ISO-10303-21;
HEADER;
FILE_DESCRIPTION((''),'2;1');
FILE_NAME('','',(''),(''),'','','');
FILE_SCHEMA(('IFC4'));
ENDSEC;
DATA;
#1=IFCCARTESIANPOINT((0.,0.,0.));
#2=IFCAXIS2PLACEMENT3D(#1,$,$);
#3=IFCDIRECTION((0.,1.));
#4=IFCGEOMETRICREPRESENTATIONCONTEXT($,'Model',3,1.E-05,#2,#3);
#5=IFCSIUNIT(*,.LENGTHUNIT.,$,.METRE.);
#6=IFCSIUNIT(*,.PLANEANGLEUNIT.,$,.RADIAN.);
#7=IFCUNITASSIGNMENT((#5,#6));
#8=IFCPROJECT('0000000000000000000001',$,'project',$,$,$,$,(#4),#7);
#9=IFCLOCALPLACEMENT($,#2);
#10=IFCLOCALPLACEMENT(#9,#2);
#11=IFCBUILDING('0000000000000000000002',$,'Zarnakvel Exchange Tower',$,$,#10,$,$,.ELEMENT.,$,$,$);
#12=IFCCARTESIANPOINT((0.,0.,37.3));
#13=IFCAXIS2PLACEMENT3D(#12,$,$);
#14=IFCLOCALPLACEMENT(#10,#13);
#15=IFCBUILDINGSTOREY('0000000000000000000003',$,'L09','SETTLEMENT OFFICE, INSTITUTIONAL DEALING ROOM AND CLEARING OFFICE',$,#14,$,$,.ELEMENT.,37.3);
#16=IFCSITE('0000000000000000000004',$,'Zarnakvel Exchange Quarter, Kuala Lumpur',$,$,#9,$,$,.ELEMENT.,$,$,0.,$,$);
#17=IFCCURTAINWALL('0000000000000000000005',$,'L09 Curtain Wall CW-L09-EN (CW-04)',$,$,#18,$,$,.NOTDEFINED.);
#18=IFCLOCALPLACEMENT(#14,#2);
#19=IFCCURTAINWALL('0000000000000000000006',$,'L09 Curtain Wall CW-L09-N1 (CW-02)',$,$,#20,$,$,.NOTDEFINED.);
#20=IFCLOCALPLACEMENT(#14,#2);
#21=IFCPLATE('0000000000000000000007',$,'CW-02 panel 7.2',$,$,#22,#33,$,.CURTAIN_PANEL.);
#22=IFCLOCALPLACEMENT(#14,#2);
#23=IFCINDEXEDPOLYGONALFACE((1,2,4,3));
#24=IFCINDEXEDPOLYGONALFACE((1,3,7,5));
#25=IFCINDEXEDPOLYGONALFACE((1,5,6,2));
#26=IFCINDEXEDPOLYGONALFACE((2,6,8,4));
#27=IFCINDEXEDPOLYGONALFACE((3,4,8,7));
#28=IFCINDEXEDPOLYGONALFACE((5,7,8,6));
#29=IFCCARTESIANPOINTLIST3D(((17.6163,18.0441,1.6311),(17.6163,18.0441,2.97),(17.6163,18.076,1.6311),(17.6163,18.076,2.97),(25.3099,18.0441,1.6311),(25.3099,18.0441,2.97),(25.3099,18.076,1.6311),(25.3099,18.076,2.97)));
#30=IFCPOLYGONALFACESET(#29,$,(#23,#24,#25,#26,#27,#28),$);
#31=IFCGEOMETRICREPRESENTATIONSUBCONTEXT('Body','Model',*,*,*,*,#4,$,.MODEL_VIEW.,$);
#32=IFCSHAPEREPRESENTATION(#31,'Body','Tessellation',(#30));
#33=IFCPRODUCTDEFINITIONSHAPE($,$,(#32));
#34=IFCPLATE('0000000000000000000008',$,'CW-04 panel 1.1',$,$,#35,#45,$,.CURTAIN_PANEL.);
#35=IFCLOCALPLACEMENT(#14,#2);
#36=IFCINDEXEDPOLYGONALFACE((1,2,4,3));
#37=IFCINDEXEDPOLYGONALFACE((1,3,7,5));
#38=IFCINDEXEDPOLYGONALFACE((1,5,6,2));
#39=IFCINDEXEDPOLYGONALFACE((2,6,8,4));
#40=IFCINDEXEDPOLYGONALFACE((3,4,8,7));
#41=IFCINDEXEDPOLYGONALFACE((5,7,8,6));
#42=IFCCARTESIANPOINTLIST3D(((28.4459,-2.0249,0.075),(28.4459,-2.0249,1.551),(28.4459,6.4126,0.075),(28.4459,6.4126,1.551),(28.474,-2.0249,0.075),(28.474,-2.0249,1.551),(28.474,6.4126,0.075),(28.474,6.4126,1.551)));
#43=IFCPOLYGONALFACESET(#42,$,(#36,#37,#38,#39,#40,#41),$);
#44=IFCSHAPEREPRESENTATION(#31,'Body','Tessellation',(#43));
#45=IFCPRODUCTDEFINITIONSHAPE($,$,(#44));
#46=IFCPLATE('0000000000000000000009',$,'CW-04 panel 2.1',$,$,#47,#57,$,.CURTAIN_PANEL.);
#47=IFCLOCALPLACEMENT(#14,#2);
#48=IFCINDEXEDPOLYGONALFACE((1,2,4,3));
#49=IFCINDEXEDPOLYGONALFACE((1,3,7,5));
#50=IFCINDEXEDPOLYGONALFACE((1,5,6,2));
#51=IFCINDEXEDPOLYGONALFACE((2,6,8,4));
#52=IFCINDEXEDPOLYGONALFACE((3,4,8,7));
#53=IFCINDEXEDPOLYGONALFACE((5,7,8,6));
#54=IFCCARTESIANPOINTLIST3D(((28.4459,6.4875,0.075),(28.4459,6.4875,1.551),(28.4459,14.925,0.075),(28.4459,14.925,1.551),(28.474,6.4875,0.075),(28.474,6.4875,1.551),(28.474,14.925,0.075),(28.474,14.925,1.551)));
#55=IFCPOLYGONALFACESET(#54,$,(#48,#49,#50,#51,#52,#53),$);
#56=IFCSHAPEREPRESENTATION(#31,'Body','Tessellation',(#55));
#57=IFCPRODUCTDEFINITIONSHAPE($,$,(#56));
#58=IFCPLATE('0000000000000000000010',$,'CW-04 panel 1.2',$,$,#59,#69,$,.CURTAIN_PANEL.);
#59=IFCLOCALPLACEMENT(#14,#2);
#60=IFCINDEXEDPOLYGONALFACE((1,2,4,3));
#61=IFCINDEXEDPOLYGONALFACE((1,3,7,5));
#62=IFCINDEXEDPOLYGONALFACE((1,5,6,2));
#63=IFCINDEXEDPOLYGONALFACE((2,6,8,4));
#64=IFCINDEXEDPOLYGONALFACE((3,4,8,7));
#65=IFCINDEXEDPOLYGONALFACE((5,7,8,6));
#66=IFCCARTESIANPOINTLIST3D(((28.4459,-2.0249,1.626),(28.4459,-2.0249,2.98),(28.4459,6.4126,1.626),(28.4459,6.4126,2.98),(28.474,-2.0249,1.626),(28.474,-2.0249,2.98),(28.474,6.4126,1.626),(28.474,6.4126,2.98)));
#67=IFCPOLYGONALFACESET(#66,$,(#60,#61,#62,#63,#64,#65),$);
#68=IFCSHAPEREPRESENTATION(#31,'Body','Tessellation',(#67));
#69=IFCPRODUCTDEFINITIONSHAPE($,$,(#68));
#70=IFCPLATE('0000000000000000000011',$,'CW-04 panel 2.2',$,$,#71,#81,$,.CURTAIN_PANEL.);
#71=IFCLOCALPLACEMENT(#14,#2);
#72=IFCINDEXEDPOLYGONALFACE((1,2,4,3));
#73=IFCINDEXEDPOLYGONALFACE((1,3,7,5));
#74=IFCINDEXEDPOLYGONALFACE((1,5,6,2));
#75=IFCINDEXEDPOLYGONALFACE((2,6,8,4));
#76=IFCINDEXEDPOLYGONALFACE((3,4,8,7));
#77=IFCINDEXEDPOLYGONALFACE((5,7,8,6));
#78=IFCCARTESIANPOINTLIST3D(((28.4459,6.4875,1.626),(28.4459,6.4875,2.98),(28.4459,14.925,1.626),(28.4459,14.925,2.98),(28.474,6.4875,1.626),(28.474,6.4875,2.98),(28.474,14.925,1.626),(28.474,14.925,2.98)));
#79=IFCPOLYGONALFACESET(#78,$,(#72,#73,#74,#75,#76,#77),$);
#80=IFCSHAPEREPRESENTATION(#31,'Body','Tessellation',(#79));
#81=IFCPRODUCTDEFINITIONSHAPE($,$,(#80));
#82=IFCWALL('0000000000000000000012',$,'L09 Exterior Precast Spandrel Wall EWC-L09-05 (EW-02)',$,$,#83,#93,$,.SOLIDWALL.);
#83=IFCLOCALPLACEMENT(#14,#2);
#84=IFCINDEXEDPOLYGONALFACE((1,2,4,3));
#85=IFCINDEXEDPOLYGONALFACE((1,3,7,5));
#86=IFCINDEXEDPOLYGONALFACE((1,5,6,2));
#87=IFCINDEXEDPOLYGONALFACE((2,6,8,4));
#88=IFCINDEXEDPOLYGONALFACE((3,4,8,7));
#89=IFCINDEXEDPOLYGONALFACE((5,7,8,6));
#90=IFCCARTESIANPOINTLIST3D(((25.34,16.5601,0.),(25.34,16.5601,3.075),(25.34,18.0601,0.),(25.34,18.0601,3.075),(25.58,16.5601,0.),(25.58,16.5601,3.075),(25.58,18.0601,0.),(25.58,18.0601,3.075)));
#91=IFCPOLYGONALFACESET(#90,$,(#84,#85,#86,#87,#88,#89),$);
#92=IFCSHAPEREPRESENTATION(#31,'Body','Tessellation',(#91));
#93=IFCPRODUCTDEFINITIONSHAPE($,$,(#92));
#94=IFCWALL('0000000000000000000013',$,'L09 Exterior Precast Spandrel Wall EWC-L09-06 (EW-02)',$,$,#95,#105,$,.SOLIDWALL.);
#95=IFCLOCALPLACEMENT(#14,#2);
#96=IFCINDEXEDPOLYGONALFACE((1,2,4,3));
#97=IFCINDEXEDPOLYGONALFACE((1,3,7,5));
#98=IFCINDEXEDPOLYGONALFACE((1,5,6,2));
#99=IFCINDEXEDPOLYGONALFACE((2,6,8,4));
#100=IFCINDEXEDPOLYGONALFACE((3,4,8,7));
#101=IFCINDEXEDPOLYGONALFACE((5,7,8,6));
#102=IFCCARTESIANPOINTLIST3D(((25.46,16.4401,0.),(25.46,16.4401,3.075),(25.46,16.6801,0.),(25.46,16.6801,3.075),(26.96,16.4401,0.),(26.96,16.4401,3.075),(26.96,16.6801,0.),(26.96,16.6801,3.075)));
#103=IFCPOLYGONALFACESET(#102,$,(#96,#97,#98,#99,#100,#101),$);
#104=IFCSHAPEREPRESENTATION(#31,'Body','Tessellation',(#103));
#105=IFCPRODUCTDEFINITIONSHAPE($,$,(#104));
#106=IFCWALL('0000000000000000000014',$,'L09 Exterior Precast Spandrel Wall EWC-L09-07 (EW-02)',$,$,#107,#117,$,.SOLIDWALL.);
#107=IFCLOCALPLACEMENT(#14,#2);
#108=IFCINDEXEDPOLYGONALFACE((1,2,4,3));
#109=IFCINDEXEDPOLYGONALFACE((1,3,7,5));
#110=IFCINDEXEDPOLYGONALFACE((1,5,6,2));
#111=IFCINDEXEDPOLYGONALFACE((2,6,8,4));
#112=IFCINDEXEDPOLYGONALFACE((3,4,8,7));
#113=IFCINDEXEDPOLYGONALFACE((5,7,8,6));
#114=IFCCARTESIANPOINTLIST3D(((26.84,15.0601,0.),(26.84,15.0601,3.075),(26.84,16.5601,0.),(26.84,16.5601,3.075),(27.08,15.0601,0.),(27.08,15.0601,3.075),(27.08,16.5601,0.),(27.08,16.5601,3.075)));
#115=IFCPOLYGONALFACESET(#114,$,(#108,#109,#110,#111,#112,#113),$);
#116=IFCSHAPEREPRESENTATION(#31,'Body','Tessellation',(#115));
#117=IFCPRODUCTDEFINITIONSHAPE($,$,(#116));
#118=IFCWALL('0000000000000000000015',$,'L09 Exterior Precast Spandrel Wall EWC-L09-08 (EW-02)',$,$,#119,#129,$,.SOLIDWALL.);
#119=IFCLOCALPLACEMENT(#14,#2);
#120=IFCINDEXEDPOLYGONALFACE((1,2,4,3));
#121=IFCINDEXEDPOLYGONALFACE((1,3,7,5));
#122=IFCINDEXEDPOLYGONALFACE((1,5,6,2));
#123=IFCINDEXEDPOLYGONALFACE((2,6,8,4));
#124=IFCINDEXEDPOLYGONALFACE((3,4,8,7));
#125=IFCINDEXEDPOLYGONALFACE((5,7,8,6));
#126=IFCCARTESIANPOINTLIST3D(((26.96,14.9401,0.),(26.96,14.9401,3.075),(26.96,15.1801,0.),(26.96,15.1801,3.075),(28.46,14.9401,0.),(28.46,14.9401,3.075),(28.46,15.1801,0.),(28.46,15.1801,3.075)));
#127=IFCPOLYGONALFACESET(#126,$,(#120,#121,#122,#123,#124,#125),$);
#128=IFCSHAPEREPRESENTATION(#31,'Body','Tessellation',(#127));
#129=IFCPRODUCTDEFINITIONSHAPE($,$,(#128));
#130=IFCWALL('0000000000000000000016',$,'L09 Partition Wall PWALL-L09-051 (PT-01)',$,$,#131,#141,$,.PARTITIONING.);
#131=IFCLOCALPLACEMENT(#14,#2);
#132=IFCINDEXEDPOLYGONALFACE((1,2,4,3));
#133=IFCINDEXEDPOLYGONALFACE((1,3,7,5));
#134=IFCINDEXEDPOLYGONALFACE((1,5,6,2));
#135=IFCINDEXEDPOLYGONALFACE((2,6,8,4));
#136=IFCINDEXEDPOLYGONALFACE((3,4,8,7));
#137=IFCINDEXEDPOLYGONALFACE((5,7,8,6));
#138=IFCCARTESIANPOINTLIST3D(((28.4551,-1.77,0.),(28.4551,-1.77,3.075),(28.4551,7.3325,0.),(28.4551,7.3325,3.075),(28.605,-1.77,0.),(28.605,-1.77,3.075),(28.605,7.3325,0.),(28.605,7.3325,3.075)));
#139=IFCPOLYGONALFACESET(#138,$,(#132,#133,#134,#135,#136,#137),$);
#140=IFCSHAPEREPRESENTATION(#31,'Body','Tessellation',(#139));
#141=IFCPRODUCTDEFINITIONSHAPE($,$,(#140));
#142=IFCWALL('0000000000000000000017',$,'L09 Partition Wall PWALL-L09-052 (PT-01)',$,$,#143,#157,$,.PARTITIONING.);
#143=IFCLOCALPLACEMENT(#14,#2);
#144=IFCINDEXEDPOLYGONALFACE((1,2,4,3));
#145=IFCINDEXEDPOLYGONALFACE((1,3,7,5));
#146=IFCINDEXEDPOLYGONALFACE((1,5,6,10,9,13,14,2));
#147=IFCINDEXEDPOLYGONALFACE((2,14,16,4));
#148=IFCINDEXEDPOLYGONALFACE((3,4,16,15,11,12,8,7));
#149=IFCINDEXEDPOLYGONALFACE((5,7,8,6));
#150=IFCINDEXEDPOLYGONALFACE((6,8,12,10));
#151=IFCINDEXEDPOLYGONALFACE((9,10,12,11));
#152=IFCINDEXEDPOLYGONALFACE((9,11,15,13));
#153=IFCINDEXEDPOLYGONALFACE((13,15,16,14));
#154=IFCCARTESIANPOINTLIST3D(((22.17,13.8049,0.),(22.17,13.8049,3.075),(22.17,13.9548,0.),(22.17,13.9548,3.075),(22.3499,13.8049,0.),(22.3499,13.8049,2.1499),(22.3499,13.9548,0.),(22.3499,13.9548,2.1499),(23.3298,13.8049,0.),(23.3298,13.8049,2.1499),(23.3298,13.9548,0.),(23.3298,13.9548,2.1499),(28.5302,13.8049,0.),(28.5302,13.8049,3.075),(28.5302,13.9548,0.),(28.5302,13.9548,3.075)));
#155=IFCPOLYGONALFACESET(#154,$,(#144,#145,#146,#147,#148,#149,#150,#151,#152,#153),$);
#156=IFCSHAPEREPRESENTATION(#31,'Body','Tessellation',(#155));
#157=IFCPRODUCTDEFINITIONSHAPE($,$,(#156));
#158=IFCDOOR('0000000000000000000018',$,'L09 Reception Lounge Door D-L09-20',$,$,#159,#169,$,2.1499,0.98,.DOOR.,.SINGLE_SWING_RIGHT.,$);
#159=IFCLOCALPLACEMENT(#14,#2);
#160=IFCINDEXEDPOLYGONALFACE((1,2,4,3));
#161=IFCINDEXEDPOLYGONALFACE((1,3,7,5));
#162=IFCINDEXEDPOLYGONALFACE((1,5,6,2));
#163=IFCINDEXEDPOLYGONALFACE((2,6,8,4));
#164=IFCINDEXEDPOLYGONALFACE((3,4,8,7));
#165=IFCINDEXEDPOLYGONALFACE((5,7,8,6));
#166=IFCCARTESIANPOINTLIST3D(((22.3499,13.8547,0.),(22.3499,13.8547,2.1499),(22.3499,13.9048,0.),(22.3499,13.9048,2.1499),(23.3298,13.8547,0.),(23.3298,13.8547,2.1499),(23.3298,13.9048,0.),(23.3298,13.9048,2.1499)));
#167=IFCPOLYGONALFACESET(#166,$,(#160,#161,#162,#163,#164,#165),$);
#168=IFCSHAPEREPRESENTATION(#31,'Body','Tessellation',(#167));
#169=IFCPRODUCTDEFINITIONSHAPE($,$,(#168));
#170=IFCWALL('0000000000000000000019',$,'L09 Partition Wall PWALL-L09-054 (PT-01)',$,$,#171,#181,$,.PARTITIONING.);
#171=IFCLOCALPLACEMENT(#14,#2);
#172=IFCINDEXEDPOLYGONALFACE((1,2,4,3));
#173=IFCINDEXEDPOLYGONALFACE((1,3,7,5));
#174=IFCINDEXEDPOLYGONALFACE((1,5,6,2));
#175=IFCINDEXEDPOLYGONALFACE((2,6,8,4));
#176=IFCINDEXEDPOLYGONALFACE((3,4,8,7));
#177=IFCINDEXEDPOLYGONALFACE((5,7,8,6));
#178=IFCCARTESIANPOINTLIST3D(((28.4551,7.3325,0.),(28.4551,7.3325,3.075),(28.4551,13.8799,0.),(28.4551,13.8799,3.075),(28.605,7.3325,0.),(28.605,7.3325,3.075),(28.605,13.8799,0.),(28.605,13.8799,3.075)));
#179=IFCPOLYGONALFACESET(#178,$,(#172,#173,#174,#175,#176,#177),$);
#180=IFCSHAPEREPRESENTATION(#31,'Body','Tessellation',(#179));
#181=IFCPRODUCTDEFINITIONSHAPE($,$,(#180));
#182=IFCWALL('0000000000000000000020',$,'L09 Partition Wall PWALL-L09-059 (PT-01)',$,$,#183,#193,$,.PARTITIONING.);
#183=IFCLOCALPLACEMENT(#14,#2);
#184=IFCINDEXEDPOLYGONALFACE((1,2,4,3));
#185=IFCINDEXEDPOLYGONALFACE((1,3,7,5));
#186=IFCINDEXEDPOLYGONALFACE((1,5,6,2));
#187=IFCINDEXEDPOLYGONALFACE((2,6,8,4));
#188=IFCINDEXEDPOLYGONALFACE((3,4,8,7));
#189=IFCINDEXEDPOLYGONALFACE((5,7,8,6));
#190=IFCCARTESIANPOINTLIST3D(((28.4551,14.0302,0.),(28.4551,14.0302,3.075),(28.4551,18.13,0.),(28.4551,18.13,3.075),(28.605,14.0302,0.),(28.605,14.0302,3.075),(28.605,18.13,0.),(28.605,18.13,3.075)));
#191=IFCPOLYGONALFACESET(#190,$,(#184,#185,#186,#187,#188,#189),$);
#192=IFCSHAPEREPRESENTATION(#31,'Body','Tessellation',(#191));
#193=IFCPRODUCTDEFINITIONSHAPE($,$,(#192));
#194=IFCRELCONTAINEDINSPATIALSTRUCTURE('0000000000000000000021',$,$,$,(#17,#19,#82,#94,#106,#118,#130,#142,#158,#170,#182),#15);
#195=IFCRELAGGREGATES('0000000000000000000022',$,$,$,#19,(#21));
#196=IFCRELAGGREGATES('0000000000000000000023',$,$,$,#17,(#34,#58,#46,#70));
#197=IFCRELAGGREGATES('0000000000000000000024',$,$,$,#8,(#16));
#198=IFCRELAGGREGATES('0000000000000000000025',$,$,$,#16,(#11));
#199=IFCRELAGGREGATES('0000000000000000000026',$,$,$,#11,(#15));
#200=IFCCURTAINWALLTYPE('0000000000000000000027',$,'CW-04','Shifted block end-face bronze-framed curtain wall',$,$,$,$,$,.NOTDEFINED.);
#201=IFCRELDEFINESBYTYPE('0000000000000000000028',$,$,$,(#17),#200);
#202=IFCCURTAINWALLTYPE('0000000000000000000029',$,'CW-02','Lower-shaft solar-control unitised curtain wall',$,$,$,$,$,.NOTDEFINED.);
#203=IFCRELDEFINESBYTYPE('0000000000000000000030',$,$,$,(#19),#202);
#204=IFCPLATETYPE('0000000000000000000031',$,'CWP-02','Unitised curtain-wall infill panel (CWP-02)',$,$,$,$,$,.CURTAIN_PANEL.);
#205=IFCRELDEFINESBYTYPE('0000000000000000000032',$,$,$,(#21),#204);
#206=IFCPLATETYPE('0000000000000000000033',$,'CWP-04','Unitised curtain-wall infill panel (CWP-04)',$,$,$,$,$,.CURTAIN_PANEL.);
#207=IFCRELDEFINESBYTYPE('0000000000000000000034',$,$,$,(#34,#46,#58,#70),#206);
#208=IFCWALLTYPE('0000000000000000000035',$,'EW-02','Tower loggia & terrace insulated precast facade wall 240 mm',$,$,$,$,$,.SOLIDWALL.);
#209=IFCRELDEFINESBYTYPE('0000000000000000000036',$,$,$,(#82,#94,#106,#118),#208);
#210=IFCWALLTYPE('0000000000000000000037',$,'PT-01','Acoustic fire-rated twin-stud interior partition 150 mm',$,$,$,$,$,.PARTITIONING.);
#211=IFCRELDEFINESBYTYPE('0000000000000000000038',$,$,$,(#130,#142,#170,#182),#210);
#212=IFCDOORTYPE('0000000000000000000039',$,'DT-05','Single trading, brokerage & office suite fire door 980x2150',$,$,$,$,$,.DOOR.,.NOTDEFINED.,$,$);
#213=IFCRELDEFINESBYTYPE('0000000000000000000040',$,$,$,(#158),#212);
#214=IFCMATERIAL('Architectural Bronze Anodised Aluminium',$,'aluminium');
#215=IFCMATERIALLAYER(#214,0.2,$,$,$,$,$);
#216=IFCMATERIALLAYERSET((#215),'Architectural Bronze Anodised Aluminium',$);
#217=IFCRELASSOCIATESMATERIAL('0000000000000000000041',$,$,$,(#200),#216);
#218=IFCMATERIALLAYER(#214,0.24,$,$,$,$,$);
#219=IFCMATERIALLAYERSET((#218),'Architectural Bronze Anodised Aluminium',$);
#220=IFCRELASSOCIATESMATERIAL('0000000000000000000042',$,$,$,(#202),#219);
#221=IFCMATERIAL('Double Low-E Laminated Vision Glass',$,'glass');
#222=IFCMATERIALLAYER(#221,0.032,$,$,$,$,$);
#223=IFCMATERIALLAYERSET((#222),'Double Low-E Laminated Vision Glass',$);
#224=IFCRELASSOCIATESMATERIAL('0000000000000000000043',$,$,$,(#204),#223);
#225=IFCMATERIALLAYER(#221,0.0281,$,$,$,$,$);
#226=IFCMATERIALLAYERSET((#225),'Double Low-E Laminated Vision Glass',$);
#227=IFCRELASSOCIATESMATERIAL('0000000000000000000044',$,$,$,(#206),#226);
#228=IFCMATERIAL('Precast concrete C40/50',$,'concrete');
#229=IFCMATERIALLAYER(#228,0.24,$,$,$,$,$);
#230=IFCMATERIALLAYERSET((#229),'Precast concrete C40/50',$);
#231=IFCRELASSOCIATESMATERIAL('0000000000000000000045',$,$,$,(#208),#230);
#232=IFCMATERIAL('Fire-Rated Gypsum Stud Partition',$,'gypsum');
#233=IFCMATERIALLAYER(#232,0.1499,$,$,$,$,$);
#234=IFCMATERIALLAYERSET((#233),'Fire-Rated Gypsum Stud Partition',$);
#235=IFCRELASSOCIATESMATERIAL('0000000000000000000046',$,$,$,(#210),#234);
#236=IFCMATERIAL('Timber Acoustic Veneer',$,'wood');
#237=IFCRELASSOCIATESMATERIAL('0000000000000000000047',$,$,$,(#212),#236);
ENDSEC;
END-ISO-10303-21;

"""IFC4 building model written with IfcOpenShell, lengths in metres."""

from ifc_helpers import new_model, si_unit, direction, frame, frame_2d, origin, origin_2d, place, context, subcontext, project, spatial, rectangle, extrude, source, transform, mapped, material, layer, layer_set, type_object, element, fill, aggregate, save


model = new_model("IFC4")

# Units and contexts
model_context = context("Model", 3, precision=1e-05, world=origin(), true_north=direction((0.0, 1.0)))
body_context = subcontext(model_context, "Body", "Model", "MODEL_VIEW")
ifc_project = project(units=[si_unit("LENGTHUNIT", "METRE"), si_unit("PLANEANGLEUNIT", "RADIAN")], contexts=[model_context])

# Site, building, storey
site_placement = place(None, origin())
site = spatial("IfcSite", under=ifc_project, at=site_placement, Name="Zarnakvel Exchange Quarter, Kuala Lumpur", CompositionType="ELEMENT", RefElevation=0.0)
building_placement = place(site_placement, origin())
building = spatial("IfcBuilding", under=site, at=building_placement, Name="Zarnakvel Exchange Tower", CompositionType="ELEMENT")
storey_placement = place(building_placement, frame((0.0, 0.0, 37.3)))
storey = spatial("IfcBuildingStorey", under=building, at=storey_placement, Name="L09", Description="SETTLEMENT OFFICE, INSTITUTIONAL DEALING ROOM AND CLEARING OFFICE", CompositionType="ELEMENT", Elevation=37.3)

# Curtain wall
ifc_material_1 = material(Name="Architectural Bronze Anodised Aluminium", Category="aluminium")
ifc_layer_1 = layer(ifc_material_1, 0.2)
ifc_layer_set_1 = layer_set([ifc_layer_1], Name="Architectural Bronze Anodised Aluminium")
curtain_wall_type_1 = type_object("IfcCurtainWallType", Name="CW-04", Description="Shifted block end-face bronze-framed curtain wall", PredefinedType="NOTDEFINED", material=ifc_layer_set_1)
curtain_wall_1_placement = place(storey_placement, origin())
curtain_wall_1 = element("IfcCurtainWall", 1, at=curtain_wall_1_placement, inside=storey, type_object=curtain_wall_type_1, Name="L09 Curtain Wall CW-L09-EN (CW-04)", PredefinedType="NOTDEFINED")

# Curtain wall
ifc_layer_2 = layer(ifc_material_1, 0.24)
ifc_layer_set_2 = layer_set([ifc_layer_2], Name="Architectural Bronze Anodised Aluminium")
curtain_wall_type_2 = type_object("IfcCurtainWallType", Name="CW-02", Description="Lower-shaft solar-control unitised curtain wall", PredefinedType="NOTDEFINED", material=ifc_layer_set_2)
curtain_wall_2_placement = place(storey_placement, origin())
curtain_wall_2 = element("IfcCurtainWall", 2, at=curtain_wall_2_placement, inside=storey, type_object=curtain_wall_type_2, Name="L09 Curtain Wall CW-L09-N1 (CW-02)", PredefinedType="NOTDEFINED")

# Plates
ifc_material_2 = material(Name="Double Low-E Laminated Vision Glass", Category="glass")
ifc_layer_3 = layer(ifc_material_2, 0.032)
ifc_layer_set_3 = layer_set([ifc_layer_3], Name="Double Low-E Laminated Vision Glass")
plate_type_1 = type_object("IfcPlateType", Name="CWP-02", Description="Unitised curtain-wall infill panel (CWP-02)", PredefinedType="CURTAIN_PANEL", material=ifc_layer_set_3)
shared_shape_1 = source(origin(), body_context, "Body", "SweptSolid", [
    extrude(rectangle(XDim=7.6936, YDim=0.032, at=origin_2d()), origin(), (0.0, 0.0, 1.0), 1.3389),
])
plate_1_placement = place(storey_placement, frame((21.4631, 18.0601, 1.6311), z_axis=(0.0, 0.0, 1.0), x_axis=(1.0, 0.0, 0.0)))
plate_1 = element("IfcPlate", 3, at=plate_1_placement, type_object=plate_type_1, Name="CW-02 panel 7.2", PredefinedType="CURTAIN_PANEL", context=body_context, shape_type="MappedRepresentation", body=[
    mapped(shared_shape_1, transform((0.0, 0.0, 0.0), x_axis=(1.0, 0.0, 0.0), y_axis=(0.0, 1.0, 0.0), z_axis=(0.0, 0.0, 1.0), scale=1.0)),
])
aggregate(curtain_wall_2, [plate_1])
ifc_layer_4 = layer(ifc_material_2, 0.0281)
ifc_layer_set_4 = layer_set([ifc_layer_4], Name="Double Low-E Laminated Vision Glass")
plate_type_2 = type_object("IfcPlateType", Name="CWP-04", Description="Unitised curtain-wall infill panel (CWP-04)", PredefinedType="CURTAIN_PANEL", material=ifc_layer_set_4)
shared_shape_2 = source(origin(), body_context, "Body", "SweptSolid", [
    extrude(rectangle(XDim=8.4375, YDim=0.0281, at=origin_2d()), origin(), (0.0, 0.0, 1.0), 1.4761),
])
plate_2_placement = place(storey_placement, frame((28.46, 2.1938, 0.075), z_axis=(0.0, 0.0, 1.0), x_axis=(0.0, 1.0, 0.0)))
plate_2 = element("IfcPlate", 4, at=plate_2_placement, type_object=plate_type_2, Name="CW-04 panel 1.1", PredefinedType="CURTAIN_PANEL", context=body_context, shape_type="MappedRepresentation", body=[
    mapped(shared_shape_2, transform((0.0, 0.0, 0.0), x_axis=(1.0, 0.0, 0.0), y_axis=(0.0, 1.0, 0.0), z_axis=(0.0, 0.0, 1.0), scale=1.0)),
])
plate_3_placement = place(storey_placement, frame((28.46, 10.7063, 0.075), z_axis=(0.0, 0.0, 1.0), x_axis=(0.0, 1.0, 0.0)))
plate_3 = element("IfcPlate", 5, at=plate_3_placement, type_object=plate_type_2, Name="CW-04 panel 2.1", PredefinedType="CURTAIN_PANEL", context=body_context, shape_type="MappedRepresentation", body=[
    mapped(shared_shape_2, transform((0.0, 0.0, 0.0), x_axis=(1.0, 0.0, 0.0), y_axis=(0.0, 1.0, 0.0), z_axis=(0.0, 0.0, 1.0), scale=1.0)),
])
shared_shape_3 = source(origin(), body_context, "Body", "SweptSolid", [
    extrude(rectangle(XDim=8.4375, YDim=0.0281, at=origin_2d()), origin(), (0.0, 0.0, 1.0), 1.354),
])
plate_4_placement = place(storey_placement, frame((28.46, 2.1938, 1.626), z_axis=(0.0, 0.0, 1.0), x_axis=(0.0, 1.0, 0.0)))
plate_4 = element("IfcPlate", 6, at=plate_4_placement, type_object=plate_type_2, Name="CW-04 panel 1.2", PredefinedType="CURTAIN_PANEL", context=body_context, shape_type="MappedRepresentation", body=[
    mapped(shared_shape_3, transform((0.0, 0.0, 0.0), x_axis=(1.0, 0.0, 0.0), y_axis=(0.0, 1.0, 0.0), z_axis=(0.0, 0.0, 1.0), scale=1.0)),
])
plate_5_placement = place(storey_placement, frame((28.46, 10.7063, 1.626), z_axis=(0.0, 0.0, 1.0), x_axis=(0.0, 1.0, 0.0)))
plate_5 = element("IfcPlate", 7, at=plate_5_placement, type_object=plate_type_2, Name="CW-04 panel 2.2", PredefinedType="CURTAIN_PANEL", context=body_context, shape_type="MappedRepresentation", body=[
    mapped(shared_shape_3, transform((0.0, 0.0, 0.0), x_axis=(1.0, 0.0, 0.0), y_axis=(0.0, 1.0, 0.0), z_axis=(0.0, 0.0, 1.0), scale=1.0)),
])
aggregate(curtain_wall_1, [plate_2, plate_4, plate_3, plate_5])

# Walls
ifc_material_3 = material(Name="Precast concrete C40/50", Category="concrete")
ifc_layer_5 = layer(ifc_material_3, 0.24)
ifc_layer_set_5 = layer_set([ifc_layer_5], Name="Precast concrete C40/50")
wall_type_1 = type_object("IfcWallType", Name="EW-02", Description="Tower loggia & terrace insulated precast facade wall 240 mm", PredefinedType="SOLIDWALL", material=ifc_layer_set_5)
for number, where, z_axis, x_axis, name in (
    (8, (25.46, 16.5601, 0.0), (0.0, 0.0, 1.0), (0.0, 1.0, 0.0), "L09 Exterior Precast Spandrel Wall EWC-L09-05 (EW-02)"),
    (9, (26.96, 16.5601, 0.0), (0.0, 0.0, 1.0), (-1.0, 0.0, 0.0), "L09 Exterior Precast Spandrel Wall EWC-L09-06 (EW-02)"),
    (10, (26.96, 15.0601, 0.0), (0.0, 0.0, 1.0), (0.0, 1.0, 0.0), "L09 Exterior Precast Spandrel Wall EWC-L09-07 (EW-02)"),
    (11, (28.46, 15.0601, 0.0), (0.0, 0.0, 1.0), (-1.0, 0.0, 0.0), "L09 Exterior Precast Spandrel Wall EWC-L09-08 (EW-02)"),
):
    element("IfcWall", number, at=place(storey_placement, frame(where, z_axis=z_axis, x_axis=x_axis)), inside=storey, type_object=wall_type_1, Name=name, PredefinedType="SOLIDWALL", context=body_context, shape_type="SweptSolid", body=[
        extrude(rectangle(XDim=1.5, YDim=0.24, at=frame_2d((0.75, 0.0))), origin(), (0.0, 0.0, 1.0), 3.075),
    ])
ifc_material_4 = material(Name="Fire-Rated Gypsum Stud Partition", Category="gypsum")
ifc_layer_6 = layer(ifc_material_4, 0.1499)
ifc_layer_set_6 = layer_set([ifc_layer_6], Name="Fire-Rated Gypsum Stud Partition")
wall_type_2 = type_object("IfcWallType", Name="PT-01", Description="Acoustic fire-rated twin-stud interior partition 150 mm", PredefinedType="PARTITIONING", material=ifc_layer_set_6)
wall_1_placement = place(storey_placement, frame((28.53, 7.3325, 0.0), z_axis=(0.0, 0.0, 1.0), x_axis=(0.0, -1.0, 0.0)))
element("IfcWall", 12, at=wall_1_placement, inside=storey, type_object=wall_type_2, Name="L09 Partition Wall PWALL-L09-051 (PT-01)", PredefinedType="PARTITIONING", context=body_context, shape_type="SweptSolid", body=[
    extrude(rectangle(XDim=9.1025, YDim=0.1499, at=frame_2d((4.5513, 0.0))), origin(), (0.0, 0.0, 1.0), 3.075),
])

# Wall, opening, door
wall_2_placement = place(storey_placement, frame((22.1699, 13.8799, 0.0), z_axis=(0.0, 0.0, 1.0), x_axis=(1.0, 0.0, 0.0)))
wall_2 = element("IfcWall", 13, at=wall_2_placement, inside=storey, type_object=wall_type_2, Name="L09 Partition Wall PWALL-L09-052 (PT-01)", PredefinedType="PARTITIONING", context=body_context, shape_type="SweptSolid", body=[
    extrude(rectangle(XDim=6.3601, YDim=0.1499, at=frame_2d((3.1802, 0.0))), origin(), (0.0, 0.0, 1.0), 3.075),
])
opening_placement = place(wall_2_placement, frame((0.1799, 0.0, 0.0)))
opening = element("IfcOpeningElement", 14, at=opening_placement, cuts=wall_2, PredefinedType="OPENING", context=body_context, shape_type="SweptSolid", body=[
    extrude(rectangle(XDim=0.98, YDim=2.1499, at=frame_2d((0.49, 1.075))), frame((0.0, 0.085, 0.0), z_axis=(0.0, -1.0, 0.0), x_axis=(1.0, 0.0, 0.0)), (0.0, 0.0, 1.0), 0.1699),
])
ifc_material_5 = material(Name="Timber Acoustic Veneer", Category="wood")
door_type = type_object("IfcDoorType", Name="DT-05", Description="Single trading, brokerage & office suite fire door 980x2150", OperationType="NOTDEFINED", PredefinedType="DOOR", material=ifc_material_5)
shared_shape_4 = source(origin(), body_context, "Body", "SweptSolid", [
    extrude(rectangle(XDim=0.98, YDim=2.1499, at=frame_2d((0.49, 1.075))), frame((0.0, 0.0249, 0.0), z_axis=(0.0, -1.0, 0.0), x_axis=(1.0, 0.0, 0.0)), (0.0, 0.0, 1.0), 0.05),
])
door_placement = place(opening_placement, origin())
door = element("IfcDoor", 15, at=door_placement, inside=storey, type_object=door_type, Name="L09 Reception Lounge Door D-L09-20", OperationType="SINGLE_SWING_RIGHT", OverallHeight=2.1499, OverallWidth=0.98, PredefinedType="DOOR", context=body_context, shape_type="MappedRepresentation", body=[
    mapped(shared_shape_4, transform((0.0, 0.0, 0.0), x_axis=(1.0, 0.0, 0.0), y_axis=(0.0, 1.0, 0.0), z_axis=(0.0, 0.0, 1.0), scale=1.0)),
])
fill(opening, door)

# Walls
wall_3_placement = place(storey_placement, frame((28.53, 13.8799, 0.0), z_axis=(0.0, 0.0, 1.0), x_axis=(0.0, -1.0, 0.0)))
element("IfcWall", 16, at=wall_3_placement, inside=storey, type_object=wall_type_2, Name="L09 Partition Wall PWALL-L09-054 (PT-01)", PredefinedType="PARTITIONING", context=body_context, shape_type="SweptSolid", body=[
    extrude(rectangle(XDim=6.5474, YDim=0.1499, at=frame_2d((3.2737, 0.0))), origin(), (0.0, 0.0, 1.0), 3.075),
])
wall_4_placement = place(storey_placement, frame((28.53, 18.1299, 0.0), z_axis=(0.0, 0.0, 1.0), x_axis=(0.0, -1.0, 0.0)))
element("IfcWall", 17, at=wall_4_placement, inside=storey, type_object=wall_type_2, Name="L09 Partition Wall PWALL-L09-059 (PT-01)", PredefinedType="PARTITIONING", context=body_context, shape_type="SweptSolid", body=[
    extrude(rectangle(XDim=4.0999, YDim=0.1499, at=frame_2d((2.0498, 0.0))), origin(), (0.0, 0.0, 1.0), 3.075),
])

save(model, "model.ifc")
